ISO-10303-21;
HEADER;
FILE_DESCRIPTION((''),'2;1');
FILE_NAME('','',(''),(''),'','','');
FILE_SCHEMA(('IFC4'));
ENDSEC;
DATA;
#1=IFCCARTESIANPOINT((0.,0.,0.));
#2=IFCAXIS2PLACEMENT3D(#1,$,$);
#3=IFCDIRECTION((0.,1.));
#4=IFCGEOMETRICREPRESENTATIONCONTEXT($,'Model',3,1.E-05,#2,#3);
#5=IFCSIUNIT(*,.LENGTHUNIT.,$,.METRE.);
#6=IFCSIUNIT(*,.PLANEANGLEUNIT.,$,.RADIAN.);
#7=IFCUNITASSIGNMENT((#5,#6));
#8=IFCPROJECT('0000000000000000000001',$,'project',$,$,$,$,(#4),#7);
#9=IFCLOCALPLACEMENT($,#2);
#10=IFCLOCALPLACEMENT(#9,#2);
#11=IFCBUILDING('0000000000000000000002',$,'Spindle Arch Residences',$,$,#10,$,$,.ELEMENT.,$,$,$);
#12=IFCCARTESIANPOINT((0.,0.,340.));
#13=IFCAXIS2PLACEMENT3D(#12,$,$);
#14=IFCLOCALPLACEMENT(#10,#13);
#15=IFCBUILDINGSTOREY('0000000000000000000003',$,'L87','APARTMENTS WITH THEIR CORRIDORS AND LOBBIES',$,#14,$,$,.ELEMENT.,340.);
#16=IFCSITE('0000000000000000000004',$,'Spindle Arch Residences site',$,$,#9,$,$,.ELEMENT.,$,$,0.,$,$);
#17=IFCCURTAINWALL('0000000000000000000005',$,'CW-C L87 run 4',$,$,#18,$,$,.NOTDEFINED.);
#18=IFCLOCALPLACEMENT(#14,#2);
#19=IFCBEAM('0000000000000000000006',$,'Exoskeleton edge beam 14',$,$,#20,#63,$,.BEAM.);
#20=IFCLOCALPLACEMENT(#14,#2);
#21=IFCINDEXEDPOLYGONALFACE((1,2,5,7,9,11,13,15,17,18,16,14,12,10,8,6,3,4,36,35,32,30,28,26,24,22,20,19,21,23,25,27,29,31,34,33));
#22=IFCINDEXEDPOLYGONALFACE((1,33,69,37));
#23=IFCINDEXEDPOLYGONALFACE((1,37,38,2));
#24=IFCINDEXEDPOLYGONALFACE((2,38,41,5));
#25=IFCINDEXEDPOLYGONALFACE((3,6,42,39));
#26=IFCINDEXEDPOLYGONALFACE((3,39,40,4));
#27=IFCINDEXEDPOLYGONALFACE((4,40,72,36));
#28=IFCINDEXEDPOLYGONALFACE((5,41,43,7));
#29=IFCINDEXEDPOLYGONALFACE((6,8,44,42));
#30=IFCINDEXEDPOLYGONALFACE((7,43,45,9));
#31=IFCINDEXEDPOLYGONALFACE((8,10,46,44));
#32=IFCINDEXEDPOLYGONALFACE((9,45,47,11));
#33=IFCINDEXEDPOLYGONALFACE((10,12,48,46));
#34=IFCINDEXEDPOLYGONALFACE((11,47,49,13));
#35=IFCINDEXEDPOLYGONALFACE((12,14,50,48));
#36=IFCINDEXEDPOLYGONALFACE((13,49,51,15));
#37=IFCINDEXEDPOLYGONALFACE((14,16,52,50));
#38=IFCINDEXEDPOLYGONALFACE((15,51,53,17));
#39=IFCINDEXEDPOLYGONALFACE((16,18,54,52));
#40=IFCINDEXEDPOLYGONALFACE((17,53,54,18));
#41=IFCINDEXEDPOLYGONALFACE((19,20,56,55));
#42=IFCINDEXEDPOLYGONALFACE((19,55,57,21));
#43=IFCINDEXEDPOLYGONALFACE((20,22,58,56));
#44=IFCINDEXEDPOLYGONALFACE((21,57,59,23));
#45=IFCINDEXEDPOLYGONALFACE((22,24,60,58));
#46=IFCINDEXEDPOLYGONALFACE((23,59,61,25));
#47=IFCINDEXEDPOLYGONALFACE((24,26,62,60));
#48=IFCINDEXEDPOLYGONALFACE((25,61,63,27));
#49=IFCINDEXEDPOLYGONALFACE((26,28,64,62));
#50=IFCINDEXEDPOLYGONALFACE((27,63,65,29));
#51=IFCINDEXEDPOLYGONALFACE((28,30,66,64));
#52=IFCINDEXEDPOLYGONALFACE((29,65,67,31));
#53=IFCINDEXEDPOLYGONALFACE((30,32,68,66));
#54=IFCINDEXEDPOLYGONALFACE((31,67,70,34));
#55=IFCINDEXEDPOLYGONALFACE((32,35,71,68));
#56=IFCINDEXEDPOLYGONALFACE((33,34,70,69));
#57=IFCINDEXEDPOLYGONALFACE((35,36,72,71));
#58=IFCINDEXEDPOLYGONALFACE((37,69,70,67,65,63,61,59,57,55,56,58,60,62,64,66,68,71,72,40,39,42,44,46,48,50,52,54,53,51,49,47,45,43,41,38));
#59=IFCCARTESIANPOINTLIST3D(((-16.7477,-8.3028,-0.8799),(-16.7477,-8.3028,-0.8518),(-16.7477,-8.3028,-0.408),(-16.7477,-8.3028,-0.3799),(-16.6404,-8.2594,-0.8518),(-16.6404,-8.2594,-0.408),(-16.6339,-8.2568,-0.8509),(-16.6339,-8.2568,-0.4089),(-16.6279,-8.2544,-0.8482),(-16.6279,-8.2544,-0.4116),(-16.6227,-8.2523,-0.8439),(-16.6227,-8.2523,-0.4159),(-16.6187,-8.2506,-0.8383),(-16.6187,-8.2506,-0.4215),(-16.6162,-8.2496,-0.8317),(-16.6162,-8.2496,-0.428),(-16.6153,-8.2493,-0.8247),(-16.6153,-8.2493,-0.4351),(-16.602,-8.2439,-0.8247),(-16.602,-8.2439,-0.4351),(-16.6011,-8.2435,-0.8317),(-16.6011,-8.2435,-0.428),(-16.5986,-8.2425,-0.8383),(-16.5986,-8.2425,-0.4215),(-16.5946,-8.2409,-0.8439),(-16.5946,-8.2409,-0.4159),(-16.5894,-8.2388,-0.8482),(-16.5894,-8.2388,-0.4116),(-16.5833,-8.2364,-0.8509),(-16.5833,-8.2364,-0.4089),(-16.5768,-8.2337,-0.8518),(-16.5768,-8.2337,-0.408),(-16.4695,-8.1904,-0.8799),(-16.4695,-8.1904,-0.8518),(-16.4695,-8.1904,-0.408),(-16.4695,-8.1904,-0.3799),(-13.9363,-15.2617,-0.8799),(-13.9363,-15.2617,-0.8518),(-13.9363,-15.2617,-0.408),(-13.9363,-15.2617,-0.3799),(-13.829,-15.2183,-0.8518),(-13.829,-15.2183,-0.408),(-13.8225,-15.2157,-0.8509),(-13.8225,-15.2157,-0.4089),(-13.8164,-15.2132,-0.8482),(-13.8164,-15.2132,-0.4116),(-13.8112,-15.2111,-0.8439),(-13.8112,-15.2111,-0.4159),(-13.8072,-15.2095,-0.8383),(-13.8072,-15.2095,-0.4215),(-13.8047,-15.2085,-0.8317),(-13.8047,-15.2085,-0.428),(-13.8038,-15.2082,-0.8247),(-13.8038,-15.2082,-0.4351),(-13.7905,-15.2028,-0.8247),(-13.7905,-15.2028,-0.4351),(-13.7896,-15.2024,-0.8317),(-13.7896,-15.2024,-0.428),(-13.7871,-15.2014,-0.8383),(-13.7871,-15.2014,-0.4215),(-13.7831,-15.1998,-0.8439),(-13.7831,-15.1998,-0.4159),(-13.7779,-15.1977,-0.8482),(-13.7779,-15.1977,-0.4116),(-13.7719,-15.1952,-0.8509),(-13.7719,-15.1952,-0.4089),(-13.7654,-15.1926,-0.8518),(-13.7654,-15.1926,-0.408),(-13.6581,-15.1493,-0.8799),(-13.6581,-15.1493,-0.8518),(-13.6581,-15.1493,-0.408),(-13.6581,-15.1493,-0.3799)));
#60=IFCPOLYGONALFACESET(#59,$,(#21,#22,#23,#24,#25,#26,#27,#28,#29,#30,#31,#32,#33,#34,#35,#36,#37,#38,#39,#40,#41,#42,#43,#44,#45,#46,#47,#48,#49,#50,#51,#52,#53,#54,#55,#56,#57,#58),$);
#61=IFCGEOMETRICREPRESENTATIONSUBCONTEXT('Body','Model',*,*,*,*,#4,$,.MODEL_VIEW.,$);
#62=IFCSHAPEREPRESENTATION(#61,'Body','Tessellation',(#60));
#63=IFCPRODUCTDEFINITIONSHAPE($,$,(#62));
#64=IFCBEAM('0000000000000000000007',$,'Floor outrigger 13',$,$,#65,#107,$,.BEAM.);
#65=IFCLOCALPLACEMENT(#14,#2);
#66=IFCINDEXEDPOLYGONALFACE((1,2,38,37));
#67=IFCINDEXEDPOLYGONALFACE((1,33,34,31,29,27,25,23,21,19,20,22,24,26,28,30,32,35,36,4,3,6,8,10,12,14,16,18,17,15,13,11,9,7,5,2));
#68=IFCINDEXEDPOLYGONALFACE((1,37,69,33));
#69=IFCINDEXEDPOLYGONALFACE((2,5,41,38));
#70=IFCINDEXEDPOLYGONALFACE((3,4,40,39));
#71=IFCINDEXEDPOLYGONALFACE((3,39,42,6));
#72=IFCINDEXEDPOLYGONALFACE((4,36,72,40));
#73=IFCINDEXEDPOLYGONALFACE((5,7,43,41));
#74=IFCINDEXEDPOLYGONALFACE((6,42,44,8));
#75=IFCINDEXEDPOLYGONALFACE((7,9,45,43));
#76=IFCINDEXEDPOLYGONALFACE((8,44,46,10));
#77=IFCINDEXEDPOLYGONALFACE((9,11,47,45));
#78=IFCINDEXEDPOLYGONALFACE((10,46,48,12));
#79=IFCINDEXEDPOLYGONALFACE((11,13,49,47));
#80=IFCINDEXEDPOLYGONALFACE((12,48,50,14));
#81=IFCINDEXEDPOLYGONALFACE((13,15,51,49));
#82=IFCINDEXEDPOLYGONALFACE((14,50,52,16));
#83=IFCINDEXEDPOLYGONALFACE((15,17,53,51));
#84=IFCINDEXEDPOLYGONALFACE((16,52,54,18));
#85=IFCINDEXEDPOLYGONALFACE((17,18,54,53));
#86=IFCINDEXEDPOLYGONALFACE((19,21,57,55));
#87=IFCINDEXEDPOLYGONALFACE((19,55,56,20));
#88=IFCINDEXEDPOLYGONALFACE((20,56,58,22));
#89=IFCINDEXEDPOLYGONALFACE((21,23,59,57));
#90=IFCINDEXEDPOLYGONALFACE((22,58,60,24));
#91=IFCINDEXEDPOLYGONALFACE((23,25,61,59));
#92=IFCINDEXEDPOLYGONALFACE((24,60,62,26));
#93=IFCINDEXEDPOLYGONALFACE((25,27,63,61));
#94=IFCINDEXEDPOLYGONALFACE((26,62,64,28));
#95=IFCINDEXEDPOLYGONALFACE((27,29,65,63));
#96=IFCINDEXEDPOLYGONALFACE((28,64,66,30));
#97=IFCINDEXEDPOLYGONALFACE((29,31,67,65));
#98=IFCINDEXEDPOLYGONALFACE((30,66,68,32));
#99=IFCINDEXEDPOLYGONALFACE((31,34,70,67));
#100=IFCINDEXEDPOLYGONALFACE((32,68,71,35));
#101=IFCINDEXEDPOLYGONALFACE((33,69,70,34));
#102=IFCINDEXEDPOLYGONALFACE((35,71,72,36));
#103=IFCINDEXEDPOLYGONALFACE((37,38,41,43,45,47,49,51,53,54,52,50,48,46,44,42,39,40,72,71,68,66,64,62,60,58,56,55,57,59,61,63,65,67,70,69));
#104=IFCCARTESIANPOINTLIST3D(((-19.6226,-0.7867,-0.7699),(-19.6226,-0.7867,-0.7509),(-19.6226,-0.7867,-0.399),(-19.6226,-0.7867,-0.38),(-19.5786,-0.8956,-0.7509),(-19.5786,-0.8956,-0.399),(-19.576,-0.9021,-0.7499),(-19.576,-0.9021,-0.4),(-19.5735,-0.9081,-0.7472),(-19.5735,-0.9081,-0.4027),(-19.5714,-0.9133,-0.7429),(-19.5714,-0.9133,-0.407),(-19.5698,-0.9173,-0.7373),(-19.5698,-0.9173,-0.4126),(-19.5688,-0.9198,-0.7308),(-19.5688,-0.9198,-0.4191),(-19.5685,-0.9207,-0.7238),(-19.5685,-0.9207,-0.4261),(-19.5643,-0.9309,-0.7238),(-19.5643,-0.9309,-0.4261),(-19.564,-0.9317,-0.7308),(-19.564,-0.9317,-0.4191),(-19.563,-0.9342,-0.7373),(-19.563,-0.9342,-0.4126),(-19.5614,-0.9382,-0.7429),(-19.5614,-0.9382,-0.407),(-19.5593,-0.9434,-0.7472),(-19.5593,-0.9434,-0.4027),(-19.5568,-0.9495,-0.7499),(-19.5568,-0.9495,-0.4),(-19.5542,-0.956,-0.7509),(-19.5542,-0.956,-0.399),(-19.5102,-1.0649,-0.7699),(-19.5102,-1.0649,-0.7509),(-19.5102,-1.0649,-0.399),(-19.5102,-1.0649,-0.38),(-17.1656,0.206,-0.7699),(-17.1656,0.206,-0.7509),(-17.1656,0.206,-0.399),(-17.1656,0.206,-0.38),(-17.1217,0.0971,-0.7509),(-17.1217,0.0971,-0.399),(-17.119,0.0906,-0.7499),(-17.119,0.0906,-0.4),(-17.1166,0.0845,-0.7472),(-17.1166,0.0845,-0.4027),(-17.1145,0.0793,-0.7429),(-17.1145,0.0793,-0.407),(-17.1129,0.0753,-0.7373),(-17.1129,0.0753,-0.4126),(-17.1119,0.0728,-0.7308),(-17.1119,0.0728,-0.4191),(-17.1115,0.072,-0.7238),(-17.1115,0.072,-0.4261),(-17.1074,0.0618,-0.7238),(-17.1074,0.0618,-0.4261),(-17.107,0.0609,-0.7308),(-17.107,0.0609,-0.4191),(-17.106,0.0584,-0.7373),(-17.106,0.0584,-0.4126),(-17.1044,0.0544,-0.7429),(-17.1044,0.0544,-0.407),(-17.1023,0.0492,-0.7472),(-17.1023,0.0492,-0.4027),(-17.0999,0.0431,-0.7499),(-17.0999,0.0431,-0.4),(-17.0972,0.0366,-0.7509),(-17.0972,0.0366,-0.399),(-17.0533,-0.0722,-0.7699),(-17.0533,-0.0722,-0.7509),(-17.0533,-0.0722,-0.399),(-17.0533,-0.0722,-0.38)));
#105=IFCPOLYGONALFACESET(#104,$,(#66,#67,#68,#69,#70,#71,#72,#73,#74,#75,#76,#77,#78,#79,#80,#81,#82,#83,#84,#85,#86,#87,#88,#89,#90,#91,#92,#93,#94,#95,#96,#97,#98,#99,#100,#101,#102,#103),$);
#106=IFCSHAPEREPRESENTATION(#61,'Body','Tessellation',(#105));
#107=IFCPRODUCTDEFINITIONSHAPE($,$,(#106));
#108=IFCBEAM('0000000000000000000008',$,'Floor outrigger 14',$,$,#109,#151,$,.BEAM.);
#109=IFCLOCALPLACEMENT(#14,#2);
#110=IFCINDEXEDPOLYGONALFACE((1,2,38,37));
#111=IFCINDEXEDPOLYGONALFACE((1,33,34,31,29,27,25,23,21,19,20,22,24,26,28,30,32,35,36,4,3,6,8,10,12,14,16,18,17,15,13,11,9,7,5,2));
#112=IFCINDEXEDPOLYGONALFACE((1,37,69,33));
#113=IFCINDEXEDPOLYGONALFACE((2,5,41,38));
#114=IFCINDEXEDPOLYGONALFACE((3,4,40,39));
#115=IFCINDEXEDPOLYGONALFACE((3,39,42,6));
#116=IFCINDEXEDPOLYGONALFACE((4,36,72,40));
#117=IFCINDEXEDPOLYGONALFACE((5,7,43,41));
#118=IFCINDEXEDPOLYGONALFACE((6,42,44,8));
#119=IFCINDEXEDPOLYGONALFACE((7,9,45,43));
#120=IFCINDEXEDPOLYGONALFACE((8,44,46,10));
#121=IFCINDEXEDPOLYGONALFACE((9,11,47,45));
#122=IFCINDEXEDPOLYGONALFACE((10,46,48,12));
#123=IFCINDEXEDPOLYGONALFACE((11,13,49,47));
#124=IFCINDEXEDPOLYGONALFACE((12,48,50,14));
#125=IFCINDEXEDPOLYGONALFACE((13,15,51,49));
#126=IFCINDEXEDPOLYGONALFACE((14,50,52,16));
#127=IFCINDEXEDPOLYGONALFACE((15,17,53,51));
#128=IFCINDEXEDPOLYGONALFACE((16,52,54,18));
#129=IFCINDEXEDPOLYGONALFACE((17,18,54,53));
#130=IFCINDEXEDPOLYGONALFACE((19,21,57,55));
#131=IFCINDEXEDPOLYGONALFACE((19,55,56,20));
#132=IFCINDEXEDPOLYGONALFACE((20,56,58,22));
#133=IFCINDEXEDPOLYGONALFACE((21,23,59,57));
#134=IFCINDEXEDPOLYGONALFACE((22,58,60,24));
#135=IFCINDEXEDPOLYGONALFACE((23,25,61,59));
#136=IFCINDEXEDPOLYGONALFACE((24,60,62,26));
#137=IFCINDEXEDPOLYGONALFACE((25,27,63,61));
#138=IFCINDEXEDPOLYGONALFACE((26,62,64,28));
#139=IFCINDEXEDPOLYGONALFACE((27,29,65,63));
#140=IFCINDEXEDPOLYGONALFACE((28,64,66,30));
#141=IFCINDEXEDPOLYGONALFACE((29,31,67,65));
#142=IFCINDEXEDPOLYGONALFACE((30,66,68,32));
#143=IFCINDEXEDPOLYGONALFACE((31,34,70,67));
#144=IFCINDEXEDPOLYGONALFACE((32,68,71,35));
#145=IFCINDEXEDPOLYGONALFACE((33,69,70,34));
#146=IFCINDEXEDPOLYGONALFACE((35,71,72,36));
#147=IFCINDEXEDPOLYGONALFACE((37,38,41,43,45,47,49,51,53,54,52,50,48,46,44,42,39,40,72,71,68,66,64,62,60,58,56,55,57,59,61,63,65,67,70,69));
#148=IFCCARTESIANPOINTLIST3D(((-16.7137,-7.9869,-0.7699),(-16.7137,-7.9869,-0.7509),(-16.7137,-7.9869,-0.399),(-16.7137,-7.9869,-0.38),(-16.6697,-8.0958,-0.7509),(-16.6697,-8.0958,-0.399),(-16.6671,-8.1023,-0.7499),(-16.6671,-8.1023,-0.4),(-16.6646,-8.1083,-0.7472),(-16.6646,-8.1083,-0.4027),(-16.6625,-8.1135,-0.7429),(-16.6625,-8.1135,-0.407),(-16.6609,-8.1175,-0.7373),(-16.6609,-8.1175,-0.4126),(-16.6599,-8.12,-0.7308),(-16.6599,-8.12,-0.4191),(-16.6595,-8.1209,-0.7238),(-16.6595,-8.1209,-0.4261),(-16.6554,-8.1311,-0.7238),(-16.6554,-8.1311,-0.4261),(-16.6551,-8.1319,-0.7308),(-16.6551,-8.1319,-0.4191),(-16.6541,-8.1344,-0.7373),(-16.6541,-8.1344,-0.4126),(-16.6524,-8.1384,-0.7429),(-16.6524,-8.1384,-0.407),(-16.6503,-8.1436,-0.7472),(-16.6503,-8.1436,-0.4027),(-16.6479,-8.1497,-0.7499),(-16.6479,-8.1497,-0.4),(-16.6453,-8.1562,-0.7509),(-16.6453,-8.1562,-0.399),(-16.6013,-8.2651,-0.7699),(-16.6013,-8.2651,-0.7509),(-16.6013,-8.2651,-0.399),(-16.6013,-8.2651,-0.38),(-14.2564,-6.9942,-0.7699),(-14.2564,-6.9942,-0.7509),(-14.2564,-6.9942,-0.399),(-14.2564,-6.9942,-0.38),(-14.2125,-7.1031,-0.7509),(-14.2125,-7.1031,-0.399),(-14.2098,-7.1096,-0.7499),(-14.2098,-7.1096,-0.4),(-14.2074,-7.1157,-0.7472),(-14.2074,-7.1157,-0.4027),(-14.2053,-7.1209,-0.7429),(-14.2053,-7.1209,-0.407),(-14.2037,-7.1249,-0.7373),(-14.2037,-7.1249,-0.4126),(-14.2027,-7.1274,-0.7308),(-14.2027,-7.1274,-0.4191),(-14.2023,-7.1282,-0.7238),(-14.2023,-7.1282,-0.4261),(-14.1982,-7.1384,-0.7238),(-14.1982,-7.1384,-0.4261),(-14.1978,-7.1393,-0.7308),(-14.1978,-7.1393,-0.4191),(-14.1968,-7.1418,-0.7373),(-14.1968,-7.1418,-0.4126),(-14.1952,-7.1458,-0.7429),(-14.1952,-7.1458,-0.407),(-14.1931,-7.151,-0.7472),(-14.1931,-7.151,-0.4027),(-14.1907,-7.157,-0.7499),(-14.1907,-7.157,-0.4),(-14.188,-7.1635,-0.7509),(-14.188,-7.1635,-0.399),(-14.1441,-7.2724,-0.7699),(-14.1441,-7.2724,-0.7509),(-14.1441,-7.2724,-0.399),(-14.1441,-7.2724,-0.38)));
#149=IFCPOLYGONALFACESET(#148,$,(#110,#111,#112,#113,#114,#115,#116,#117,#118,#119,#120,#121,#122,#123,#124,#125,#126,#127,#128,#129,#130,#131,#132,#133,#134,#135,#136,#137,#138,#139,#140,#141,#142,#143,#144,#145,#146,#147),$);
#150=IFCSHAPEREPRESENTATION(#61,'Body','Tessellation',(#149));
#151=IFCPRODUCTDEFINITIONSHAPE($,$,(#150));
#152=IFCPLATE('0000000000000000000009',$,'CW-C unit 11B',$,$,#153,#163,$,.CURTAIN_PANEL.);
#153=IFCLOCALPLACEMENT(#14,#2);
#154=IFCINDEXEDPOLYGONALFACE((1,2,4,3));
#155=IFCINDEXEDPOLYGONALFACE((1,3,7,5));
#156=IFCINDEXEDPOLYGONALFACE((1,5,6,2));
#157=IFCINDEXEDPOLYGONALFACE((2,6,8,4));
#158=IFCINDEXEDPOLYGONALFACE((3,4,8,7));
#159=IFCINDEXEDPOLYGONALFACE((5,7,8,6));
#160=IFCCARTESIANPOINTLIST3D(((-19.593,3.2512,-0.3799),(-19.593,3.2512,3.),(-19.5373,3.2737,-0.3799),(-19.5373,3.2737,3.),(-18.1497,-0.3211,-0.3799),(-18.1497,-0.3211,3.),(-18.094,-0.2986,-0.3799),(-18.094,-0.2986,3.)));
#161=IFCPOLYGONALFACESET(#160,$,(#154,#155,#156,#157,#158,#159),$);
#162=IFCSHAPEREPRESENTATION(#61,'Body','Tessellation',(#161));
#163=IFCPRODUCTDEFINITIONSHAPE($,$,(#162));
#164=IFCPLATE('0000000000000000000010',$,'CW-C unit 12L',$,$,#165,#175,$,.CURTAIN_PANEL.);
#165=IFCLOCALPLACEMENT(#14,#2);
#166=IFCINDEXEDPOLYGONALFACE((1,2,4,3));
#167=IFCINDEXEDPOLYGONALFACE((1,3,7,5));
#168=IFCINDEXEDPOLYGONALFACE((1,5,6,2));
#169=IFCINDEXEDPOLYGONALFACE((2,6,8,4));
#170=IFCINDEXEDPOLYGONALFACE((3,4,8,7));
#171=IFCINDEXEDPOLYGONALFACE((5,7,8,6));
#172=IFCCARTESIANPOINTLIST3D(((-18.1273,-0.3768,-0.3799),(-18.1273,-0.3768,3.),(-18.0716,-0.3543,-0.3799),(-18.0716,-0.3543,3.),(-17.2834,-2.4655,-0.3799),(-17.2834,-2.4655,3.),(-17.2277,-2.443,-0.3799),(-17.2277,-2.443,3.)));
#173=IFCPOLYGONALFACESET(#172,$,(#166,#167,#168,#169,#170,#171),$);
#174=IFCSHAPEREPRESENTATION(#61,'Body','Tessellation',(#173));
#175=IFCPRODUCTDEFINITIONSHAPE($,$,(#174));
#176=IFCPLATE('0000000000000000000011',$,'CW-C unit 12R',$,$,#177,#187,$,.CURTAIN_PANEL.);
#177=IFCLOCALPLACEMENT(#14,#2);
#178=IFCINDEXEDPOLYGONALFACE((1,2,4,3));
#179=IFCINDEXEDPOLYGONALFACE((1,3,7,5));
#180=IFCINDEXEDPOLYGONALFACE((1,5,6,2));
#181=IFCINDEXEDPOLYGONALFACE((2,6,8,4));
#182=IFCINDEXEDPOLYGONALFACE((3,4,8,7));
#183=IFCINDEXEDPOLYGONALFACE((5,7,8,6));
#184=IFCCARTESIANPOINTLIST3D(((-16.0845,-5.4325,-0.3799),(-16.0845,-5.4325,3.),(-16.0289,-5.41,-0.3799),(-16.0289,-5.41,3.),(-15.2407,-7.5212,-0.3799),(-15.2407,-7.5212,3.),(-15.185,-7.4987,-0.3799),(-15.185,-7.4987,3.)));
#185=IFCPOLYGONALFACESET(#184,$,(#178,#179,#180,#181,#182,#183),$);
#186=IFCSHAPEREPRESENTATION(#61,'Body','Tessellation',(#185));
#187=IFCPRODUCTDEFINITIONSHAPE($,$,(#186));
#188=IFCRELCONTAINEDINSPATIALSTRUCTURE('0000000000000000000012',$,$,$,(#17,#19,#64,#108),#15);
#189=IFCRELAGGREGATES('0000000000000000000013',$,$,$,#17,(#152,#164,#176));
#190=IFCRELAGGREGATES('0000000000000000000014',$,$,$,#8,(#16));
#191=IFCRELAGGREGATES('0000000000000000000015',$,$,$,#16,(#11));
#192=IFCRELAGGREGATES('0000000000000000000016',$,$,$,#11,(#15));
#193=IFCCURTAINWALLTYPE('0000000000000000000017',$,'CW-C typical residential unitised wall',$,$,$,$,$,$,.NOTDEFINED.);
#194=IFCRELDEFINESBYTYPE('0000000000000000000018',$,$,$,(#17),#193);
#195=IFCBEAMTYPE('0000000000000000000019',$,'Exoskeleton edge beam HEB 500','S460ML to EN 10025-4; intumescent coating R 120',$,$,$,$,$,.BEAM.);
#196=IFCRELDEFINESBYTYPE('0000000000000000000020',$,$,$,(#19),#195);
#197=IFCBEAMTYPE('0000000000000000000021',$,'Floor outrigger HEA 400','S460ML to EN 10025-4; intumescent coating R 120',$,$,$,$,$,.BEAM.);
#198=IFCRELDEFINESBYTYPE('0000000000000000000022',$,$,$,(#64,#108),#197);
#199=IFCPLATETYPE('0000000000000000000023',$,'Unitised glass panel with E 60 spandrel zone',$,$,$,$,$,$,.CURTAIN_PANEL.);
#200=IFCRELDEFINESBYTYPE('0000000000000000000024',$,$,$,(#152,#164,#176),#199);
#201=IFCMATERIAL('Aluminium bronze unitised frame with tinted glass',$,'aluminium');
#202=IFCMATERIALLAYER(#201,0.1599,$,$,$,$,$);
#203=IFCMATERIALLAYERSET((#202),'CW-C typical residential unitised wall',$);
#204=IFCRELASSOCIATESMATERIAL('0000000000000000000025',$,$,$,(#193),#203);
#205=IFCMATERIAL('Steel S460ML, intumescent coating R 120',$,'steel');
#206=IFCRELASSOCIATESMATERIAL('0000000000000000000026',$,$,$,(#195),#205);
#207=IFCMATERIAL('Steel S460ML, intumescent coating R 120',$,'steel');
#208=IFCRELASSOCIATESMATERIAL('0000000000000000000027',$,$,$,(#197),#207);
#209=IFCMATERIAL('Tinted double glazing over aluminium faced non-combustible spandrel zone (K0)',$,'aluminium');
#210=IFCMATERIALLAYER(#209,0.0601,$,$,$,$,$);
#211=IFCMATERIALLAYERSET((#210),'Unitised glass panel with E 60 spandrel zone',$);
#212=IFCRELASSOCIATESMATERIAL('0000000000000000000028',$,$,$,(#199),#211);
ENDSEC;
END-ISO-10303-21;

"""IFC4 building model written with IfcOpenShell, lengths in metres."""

from ifc_helpers import new_model, si_unit, direction, frame, origin, origin_2d, place, context, subcontext, project, spatial, rectangle, i_section, extrude, material, layer, layer_set, material_profile, profile_set, type_object, element, aggregate, save


model = new_model("IFC4")

# Units and contexts
model_context = context("Model", 3, precision=1e-05, world=origin(), true_north=direction((0.0, 1.0)))
body_context = subcontext(model_context, "Body", "Model", "MODEL_VIEW")
ifc_project = project(units=[si_unit("LENGTHUNIT", "METRE"), si_unit("PLANEANGLEUNIT", "RADIAN")], contexts=[model_context])

# Site, building, storey
site_placement = place(None, origin())
site = spatial("IfcSite", under=ifc_project, at=site_placement, Name="Spindle Arch Residences site", CompositionType="ELEMENT", RefElevation=0.0)
building_placement = place(site_placement, origin())
building = spatial("IfcBuilding", under=site, at=building_placement, Name="Spindle Arch Residences", CompositionType="ELEMENT")
storey_placement = place(building_placement, frame((0.0, 0.0, 340.0)))
storey = spatial("IfcBuildingStorey", under=building, at=storey_placement, Name="L87", Description="APARTMENTS WITH THEIR CORRIDORS AND LOBBIES", CompositionType="ELEMENT", Elevation=340.0)

# Curtain wall
ifc_material_1 = material(Name="Aluminium bronze unitised frame with tinted glass", Category="aluminium")
ifc_layer_1 = layer(ifc_material_1, 0.1599)
ifc_layer_set_1 = layer_set([ifc_layer_1], Name="CW-C typical residential unitised wall")
curtain_wall_type = type_object("IfcCurtainWallType", Name="CW-C typical residential unitised wall", PredefinedType="NOTDEFINED", material=ifc_layer_set_1)
curtain_wall_placement = place(storey_placement, origin())
curtain_wall = element("IfcCurtainWall", 1, at=curtain_wall_placement, inside=storey, type_object=curtain_wall_type, Name="CW-C L87 run 4", PredefinedType="NOTDEFINED")

# Beams
ifc_material_2 = material(Name="Steel S460ML, intumescent coating R 120", Category="steel")
ifc_material_profile_1 = material_profile(ifc_material_2, i_section(OverallWidth=0.3, OverallDepth=0.5, WebThickness=0.0144, FlangeThickness=0.0281, FilletRadius=0.0271, at=origin_2d()), Name="HEB 500")
ifc_profile_set_1 = profile_set([ifc_material_profile_1], Name="Steel S460ML, intumescent coating R 120")
beam_type_1 = type_object("IfcBeamType", Name="Exoskeleton edge beam HEB 500", Description="S460ML to EN 10025-4; intumescent coating R 120", PredefinedType="BEAM", material=ifc_profile_set_1)
for number, where, z_axis, x_axis, name in (
    (2, (-16.6086, -8.2466, -0.6299), (0.374596, -0.927188, 0.0), (0.927188, 0.374596, 0.0), "Exoskeleton edge beam 14"),
):
    element("IfcBeam", number, at=place(storey_placement, frame(where, z_axis=z_axis, x_axis=x_axis)), inside=storey, type_object=beam_type_1, Name=name, PredefinedType="BEAM", context=body_context, shape_type="SweptSolid", body=[
        extrude(i_section(OverallWidth=0.3, OverallDepth=0.5, WebThickness=0.0144, FlangeThickness=0.0281, FilletRadius=0.0271, at=origin_2d()), origin(), (0.0, 0.0, 1.0), 7.5054),
    ])
ifc_material_3 = material(Name="Steel S460ML, intumescent coating R 120", Category="steel")
ifc_material_profile_2 = material_profile(ifc_material_3, i_section(OverallWidth=0.3, OverallDepth=0.3899, WebThickness=0.011, FlangeThickness=0.019, FilletRadius=0.0271, at=origin_2d()), Name="HEA 400")
ifc_profile_set_2 = profile_set([ifc_material_profile_2], Name="Steel S460ML, intumescent coating R 120")
beam_type_2 = type_object("IfcBeamType", Name="Floor outrigger HEA 400", Description="S460ML to EN 10025-4; intumescent coating R 120", PredefinedType="BEAM", material=ifc_profile_set_2)
beam_1_placement = place(storey_placement, frame((-19.5664, -0.9258, -0.575), z_axis=(0.927188, 0.374597, 0.0), x_axis=(-0.374597, 0.927188, 0.0)))
element("IfcBeam", 3, at=beam_1_placement, inside=storey, type_object=beam_type_2, Name="Floor outrigger 13", PredefinedType="BEAM", context=body_context, shape_type="SweptSolid", body=[
    extrude(i_section(OverallWidth=0.3, OverallDepth=0.3899, WebThickness=0.011, FlangeThickness=0.019, FilletRadius=0.0271, at=origin_2d()), origin(), (0.0, 0.0, 1.0), 2.6499),
])
beam_2_placement = place(storey_placement, frame((-16.6575, -8.126, -0.575), z_axis=(0.927201, 0.374565, 0.0), x_axis=(-0.374565, 0.927201, 0.0)))
element("IfcBeam", 4, at=beam_2_placement, inside=storey, type_object=beam_type_2, Name="Floor outrigger 14", PredefinedType="BEAM", context=body_context, shape_type="SweptSolid", body=[
    extrude(i_section(OverallWidth=0.3, OverallDepth=0.3899, WebThickness=0.011, FlangeThickness=0.019, FilletRadius=0.0271, at=origin_2d()), origin(), (0.0, 0.0, 1.0), 2.6501),
])

# Plates
ifc_material_4 = material(Name="Tinted double glazing over aluminium faced non-combustible spandrel zone (K0)", Category="aluminium")
ifc_layer_2 = layer(ifc_material_4, 0.0601)
ifc_layer_set_2 = layer_set([ifc_layer_2], Name="Unitised glass panel with E 60 spandrel zone")
plate_type = type_object("IfcPlateType", Name="Unitised glass panel with E 60 spandrel zone", PredefinedType="CURTAIN_PANEL", material=ifc_layer_set_2)
plate_1_placement = place(storey_placement, frame((-18.8435, 1.4763, -0.3799), z_axis=(0.0, 0.0, 1.0), x_axis=(0.374607, -0.927184, 0.0)))
plate_1 = element("IfcPlate", 5, at=plate_1_placement, type_object=plate_type, Name="CW-C unit 11B", PredefinedType="CURTAIN_PANEL", context=body_context, shape_type="SweptSolid", body=[
    extrude(rectangle(XDim=3.8528, YDim=0.0601, at=origin_2d()), origin(), (0.0, 0.0, 1.0), 3.3799),
])
plate_2_placement = place(storey_placement, frame((-17.6775, -1.4099, -0.3799), z_axis=(0.0, 0.0, 1.0), x_axis=(0.374607, -0.927184, 0.0)))
plate_2 = element("IfcPlate", 6, at=plate_2_placement, type_object=plate_type, Name="CW-C unit 12L", PredefinedType="CURTAIN_PANEL", context=body_context, shape_type="SweptSolid", body=[
    extrude(rectangle(XDim=2.2527, YDim=0.0601, at=origin_2d()), origin(), (0.0, 0.0, 1.0), 3.3799),
])
plate_3_placement = place(storey_placement, frame((-15.6348, -6.4656, -0.3799), z_axis=(0.0, 0.0, 1.0), x_axis=(0.374607, -0.927184, 0.0)))
plate_3 = element("IfcPlate", 7, at=plate_3_placement, type_object=plate_type, Name="CW-C unit 12R", PredefinedType="CURTAIN_PANEL", context=body_context, shape_type="SweptSolid", body=[
    extrude(rectangle(XDim=2.2527, YDim=0.0601, at=origin_2d()), origin(), (0.0, 0.0, 1.0), 3.3799),
])
aggregate(curtain_wall, [plate_1, plate_2, plate_3])

save(model, "model.ifc")
